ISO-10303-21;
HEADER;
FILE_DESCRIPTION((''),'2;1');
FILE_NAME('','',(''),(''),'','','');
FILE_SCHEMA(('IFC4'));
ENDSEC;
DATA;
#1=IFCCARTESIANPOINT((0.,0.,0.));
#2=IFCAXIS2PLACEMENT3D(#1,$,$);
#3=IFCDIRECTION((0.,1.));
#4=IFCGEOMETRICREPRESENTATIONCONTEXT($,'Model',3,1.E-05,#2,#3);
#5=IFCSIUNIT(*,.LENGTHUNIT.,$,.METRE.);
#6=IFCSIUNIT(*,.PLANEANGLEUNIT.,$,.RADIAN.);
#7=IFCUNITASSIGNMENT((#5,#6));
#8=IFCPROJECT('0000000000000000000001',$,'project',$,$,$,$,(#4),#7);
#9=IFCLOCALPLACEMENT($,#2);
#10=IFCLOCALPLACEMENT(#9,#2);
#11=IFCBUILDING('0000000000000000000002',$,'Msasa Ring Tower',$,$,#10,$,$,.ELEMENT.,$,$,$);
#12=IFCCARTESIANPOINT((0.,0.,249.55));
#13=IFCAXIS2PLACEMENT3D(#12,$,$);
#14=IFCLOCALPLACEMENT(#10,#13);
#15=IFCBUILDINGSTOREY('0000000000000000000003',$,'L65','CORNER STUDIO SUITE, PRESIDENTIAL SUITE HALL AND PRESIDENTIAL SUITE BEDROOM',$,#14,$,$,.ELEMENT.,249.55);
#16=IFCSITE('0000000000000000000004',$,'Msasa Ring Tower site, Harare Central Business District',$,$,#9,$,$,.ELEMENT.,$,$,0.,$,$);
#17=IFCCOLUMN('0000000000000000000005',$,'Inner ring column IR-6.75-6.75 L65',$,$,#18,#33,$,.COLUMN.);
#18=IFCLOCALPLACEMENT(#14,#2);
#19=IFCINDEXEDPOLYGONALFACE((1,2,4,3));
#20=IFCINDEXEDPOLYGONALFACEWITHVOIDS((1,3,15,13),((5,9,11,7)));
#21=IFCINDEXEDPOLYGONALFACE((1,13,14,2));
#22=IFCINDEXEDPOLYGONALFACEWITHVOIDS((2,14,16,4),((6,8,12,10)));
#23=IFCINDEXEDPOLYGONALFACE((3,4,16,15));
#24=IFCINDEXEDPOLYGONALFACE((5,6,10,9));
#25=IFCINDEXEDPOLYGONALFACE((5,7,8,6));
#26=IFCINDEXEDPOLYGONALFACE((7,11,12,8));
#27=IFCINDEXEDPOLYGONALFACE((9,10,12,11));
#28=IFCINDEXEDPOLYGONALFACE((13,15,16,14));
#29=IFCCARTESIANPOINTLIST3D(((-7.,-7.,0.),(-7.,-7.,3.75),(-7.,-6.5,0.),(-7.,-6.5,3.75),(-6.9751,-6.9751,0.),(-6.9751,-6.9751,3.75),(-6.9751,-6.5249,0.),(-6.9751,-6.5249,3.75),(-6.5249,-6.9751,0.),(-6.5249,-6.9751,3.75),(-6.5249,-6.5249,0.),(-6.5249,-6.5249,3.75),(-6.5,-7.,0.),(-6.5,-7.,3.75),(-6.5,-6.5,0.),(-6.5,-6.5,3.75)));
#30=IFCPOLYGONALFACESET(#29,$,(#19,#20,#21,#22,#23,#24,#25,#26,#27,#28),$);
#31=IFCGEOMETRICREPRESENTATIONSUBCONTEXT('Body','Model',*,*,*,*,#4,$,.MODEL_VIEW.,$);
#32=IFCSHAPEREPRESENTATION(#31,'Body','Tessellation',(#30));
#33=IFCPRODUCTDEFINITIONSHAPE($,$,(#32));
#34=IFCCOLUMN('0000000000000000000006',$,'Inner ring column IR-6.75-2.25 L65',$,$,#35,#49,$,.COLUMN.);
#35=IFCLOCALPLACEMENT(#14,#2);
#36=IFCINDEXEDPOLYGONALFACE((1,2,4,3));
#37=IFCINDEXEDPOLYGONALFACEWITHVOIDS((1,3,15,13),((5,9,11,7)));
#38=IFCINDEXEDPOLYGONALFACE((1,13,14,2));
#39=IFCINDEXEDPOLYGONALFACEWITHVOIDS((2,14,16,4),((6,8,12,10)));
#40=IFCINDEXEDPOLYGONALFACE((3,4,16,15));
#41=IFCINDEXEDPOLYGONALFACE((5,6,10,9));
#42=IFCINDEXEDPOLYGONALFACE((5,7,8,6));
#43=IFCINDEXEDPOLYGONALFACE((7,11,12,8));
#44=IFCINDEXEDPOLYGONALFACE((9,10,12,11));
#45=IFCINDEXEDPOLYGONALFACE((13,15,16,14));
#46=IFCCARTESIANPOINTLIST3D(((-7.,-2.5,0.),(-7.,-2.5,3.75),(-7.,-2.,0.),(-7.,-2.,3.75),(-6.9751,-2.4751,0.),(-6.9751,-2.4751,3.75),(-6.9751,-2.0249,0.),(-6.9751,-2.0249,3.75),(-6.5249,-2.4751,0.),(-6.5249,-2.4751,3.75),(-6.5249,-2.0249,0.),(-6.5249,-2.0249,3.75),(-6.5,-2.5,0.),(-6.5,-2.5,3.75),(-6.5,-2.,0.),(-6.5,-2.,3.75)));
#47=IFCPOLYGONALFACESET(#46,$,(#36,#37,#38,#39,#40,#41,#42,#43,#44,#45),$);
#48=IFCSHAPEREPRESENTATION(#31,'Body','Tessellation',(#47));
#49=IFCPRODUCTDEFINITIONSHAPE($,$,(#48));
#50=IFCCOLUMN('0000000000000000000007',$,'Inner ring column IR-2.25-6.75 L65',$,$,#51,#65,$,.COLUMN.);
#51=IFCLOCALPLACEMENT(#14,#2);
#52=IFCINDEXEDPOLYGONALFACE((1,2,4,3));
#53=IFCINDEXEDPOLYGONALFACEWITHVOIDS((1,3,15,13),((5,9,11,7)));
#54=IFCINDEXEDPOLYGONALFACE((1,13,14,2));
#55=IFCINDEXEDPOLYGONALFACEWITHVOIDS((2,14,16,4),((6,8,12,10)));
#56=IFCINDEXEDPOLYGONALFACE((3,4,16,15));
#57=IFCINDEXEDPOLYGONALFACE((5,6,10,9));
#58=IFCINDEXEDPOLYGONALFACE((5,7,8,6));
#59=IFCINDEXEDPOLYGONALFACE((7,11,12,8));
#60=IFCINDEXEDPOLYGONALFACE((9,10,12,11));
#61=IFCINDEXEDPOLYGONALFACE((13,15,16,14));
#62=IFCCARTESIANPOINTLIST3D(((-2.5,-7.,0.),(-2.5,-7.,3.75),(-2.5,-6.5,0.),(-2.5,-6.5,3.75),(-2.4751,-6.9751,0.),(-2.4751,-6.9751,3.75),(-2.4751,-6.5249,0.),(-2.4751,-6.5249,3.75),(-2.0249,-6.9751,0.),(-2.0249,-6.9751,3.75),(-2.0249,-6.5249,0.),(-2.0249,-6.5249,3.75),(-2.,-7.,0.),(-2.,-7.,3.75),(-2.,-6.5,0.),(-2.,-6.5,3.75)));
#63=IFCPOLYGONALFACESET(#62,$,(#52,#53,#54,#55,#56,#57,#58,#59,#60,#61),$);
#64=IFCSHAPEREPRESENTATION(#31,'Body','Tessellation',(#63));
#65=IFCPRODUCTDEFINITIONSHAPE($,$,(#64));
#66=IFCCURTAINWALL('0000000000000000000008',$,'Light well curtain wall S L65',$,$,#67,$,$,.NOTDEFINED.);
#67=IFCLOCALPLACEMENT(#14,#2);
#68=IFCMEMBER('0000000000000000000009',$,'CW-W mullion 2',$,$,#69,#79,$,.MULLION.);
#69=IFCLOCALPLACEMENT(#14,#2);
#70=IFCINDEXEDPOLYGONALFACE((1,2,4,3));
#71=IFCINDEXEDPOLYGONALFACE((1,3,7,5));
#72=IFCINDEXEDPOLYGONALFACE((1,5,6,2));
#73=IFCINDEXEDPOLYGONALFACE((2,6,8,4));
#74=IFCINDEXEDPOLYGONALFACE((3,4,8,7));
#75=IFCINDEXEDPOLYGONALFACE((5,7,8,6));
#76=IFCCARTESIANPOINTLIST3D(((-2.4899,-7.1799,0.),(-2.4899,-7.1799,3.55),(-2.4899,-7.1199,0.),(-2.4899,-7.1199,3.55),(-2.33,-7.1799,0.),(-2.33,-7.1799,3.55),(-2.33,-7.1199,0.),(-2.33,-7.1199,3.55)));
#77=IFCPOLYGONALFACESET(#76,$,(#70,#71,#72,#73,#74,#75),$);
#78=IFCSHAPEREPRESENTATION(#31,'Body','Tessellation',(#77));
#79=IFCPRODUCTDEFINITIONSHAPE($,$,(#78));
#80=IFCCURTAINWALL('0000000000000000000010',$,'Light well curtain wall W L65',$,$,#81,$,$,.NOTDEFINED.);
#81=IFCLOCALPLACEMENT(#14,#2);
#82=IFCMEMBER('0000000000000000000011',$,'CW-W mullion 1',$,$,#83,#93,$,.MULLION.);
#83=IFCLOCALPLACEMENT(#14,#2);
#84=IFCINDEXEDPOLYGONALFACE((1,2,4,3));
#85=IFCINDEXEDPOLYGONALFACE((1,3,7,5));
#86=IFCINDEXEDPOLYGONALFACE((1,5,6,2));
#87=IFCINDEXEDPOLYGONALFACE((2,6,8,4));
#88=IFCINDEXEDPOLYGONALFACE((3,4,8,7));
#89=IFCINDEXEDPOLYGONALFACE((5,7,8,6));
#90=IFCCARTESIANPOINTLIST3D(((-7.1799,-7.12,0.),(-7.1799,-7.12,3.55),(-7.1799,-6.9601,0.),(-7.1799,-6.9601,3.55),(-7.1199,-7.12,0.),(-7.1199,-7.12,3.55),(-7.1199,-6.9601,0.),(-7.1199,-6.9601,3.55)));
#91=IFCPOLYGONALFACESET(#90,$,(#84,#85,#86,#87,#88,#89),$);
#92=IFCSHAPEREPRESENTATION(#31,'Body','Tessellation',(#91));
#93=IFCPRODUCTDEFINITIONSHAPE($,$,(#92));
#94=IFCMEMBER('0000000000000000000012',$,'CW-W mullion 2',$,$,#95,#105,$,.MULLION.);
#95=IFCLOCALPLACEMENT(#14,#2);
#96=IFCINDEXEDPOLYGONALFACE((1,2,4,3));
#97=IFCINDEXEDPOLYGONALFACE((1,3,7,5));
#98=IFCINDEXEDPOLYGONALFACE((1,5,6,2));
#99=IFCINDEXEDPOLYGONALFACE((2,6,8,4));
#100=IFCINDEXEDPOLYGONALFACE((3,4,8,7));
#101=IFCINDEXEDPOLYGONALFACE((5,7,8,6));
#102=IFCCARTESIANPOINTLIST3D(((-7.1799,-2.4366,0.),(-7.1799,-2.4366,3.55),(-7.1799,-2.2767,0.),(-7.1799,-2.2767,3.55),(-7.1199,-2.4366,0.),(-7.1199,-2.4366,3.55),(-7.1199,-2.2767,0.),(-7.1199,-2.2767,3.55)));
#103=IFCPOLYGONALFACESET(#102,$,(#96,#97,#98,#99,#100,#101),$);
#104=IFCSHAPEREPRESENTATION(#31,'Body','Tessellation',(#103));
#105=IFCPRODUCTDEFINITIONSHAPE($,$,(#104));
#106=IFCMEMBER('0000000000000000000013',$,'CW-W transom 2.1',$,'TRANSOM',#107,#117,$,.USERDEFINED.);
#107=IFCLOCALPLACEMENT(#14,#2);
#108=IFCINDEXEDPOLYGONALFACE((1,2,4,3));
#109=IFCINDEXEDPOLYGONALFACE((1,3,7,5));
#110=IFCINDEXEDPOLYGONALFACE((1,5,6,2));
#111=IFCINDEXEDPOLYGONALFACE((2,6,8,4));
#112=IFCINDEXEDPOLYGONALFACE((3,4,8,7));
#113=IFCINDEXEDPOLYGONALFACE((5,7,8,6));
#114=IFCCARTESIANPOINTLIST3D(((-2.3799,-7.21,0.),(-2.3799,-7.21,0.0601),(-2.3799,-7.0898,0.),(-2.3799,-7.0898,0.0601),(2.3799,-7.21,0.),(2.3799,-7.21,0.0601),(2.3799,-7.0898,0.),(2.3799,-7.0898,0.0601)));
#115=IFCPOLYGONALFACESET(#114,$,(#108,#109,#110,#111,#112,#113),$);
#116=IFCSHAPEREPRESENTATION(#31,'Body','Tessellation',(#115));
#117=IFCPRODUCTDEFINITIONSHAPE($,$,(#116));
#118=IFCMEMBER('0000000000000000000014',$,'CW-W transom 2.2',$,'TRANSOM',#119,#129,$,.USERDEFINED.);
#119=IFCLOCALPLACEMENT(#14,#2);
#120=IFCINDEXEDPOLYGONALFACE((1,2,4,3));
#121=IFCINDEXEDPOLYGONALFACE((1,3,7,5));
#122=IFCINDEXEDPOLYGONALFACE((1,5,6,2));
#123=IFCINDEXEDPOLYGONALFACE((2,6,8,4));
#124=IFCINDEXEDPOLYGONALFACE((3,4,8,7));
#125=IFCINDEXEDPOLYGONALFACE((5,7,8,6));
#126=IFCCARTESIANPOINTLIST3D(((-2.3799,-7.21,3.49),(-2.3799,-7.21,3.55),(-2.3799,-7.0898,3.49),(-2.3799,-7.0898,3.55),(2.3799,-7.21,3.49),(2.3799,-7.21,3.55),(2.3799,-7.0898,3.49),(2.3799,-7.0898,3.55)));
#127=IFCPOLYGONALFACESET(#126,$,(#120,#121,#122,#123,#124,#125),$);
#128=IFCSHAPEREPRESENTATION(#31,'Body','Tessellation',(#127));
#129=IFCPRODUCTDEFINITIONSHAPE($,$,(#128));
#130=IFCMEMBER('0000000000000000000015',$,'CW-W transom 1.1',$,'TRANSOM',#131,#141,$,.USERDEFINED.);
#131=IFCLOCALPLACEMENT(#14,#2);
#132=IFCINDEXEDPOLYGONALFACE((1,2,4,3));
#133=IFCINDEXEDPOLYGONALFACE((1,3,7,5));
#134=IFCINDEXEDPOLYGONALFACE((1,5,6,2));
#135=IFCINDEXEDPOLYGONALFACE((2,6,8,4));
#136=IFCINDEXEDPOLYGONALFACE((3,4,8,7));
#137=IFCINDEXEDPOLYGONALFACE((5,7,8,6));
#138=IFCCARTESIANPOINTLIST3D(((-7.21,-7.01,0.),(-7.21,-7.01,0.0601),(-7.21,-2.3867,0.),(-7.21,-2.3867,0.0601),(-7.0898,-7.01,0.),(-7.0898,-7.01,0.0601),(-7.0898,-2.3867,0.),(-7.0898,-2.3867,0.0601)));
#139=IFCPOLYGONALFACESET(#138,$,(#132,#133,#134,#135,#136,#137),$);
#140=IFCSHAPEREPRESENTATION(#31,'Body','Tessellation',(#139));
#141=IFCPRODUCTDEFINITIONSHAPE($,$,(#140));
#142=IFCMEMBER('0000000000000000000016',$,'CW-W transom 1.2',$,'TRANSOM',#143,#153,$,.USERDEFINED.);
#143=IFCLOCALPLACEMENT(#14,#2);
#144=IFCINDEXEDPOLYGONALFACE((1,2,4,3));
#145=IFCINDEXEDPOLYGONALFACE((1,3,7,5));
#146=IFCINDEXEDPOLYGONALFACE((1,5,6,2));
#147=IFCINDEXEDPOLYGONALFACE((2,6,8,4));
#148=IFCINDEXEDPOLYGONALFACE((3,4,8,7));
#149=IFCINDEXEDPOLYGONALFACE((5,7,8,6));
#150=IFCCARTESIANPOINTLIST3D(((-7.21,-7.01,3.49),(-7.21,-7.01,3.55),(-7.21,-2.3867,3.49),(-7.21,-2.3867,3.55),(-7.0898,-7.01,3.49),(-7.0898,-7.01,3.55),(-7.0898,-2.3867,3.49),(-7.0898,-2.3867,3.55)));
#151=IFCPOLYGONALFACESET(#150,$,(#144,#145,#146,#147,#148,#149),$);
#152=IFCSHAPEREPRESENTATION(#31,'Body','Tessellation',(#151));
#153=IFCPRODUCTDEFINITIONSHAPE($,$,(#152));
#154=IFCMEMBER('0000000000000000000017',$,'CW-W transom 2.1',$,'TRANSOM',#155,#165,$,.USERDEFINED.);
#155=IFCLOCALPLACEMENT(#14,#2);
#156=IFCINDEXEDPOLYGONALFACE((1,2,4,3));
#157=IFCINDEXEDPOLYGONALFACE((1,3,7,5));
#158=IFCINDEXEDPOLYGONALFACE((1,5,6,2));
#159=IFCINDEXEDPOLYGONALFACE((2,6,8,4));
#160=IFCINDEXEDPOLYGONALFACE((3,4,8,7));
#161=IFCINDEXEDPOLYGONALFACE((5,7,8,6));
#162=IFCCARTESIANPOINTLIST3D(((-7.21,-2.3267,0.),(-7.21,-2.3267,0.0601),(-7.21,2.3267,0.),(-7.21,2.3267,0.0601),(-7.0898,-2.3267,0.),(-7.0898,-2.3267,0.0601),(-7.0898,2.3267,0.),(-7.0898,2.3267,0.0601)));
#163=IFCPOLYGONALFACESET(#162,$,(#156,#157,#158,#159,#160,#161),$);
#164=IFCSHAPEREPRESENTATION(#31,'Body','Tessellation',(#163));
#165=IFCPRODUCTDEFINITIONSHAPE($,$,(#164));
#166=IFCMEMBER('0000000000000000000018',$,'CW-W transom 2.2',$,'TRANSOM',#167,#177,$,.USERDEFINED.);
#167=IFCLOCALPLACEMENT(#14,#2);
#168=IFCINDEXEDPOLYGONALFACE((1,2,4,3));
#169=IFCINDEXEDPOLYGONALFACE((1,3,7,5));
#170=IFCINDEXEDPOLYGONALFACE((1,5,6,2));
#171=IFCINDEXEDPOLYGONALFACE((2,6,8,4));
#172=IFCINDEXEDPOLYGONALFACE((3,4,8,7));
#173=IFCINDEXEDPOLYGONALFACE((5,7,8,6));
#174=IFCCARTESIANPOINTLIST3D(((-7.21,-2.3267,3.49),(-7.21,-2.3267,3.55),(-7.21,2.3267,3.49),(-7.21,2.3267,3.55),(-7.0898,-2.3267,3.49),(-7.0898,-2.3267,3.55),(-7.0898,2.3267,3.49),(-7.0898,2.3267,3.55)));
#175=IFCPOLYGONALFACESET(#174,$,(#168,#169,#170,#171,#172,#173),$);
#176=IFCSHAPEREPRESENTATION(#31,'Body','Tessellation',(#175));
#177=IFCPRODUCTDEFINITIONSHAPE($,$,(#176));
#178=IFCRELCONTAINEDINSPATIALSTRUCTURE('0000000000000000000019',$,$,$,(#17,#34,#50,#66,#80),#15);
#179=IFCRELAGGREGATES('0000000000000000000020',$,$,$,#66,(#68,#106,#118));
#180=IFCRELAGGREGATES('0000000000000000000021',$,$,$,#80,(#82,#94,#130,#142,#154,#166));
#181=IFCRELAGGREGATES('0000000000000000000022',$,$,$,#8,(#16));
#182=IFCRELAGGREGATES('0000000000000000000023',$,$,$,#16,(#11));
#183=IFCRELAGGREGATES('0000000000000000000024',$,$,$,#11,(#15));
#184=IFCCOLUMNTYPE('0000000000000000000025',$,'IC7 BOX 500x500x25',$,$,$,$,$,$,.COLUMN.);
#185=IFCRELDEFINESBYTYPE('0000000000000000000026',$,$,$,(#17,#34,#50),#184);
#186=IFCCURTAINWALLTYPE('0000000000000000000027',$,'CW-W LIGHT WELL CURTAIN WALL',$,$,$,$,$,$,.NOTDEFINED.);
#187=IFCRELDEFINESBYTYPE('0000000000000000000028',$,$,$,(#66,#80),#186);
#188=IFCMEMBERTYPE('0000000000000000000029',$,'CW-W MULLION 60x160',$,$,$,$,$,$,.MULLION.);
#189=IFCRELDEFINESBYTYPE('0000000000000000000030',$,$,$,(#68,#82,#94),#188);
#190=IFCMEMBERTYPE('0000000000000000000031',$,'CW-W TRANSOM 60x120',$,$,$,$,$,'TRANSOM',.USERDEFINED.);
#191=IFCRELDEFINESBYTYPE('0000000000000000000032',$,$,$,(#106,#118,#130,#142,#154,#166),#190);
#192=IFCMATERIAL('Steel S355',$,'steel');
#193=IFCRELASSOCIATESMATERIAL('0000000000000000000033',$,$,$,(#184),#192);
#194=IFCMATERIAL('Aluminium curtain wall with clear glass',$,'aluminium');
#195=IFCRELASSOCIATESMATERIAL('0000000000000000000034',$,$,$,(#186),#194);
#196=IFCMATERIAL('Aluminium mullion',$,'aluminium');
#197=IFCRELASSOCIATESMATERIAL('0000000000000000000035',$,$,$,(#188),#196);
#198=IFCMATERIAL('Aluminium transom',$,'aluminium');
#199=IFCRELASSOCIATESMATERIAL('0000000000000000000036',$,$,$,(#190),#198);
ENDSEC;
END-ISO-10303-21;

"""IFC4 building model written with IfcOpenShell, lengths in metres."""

from ifc_helpers import new_model, si_unit, direction, frame, origin, origin_2d, place, context, subcontext, project, spatial, rectangle, hollow_rectangle, extrude, material, material_profile, profile_set, type_object, element, aggregate, save


model = new_model("IFC4")

# Units and contexts
model_context = context("Model", 3, precision=1e-05, world=origin(), true_north=direction((0.0, 1.0)))
body_context = subcontext(model_context, "Body", "Model", "MODEL_VIEW")
ifc_project = project(units=[si_unit("LENGTHUNIT", "METRE"), si_unit("PLANEANGLEUNIT", "RADIAN")], contexts=[model_context])

# Site, building, storey
site_placement = place(None, origin())
site = spatial("IfcSite", under=ifc_project, at=site_placement, Name="Msasa Ring Tower site, Harare Central Business District", CompositionType="ELEMENT", RefElevation=0.0)
building_placement = place(site_placement, origin())
building = spatial("IfcBuilding", under=site, at=building_placement, Name="Msasa Ring Tower", CompositionType="ELEMENT")
storey_placement = place(building_placement, frame((0.0, 0.0, 249.55)))
storey = spatial("IfcBuildingStorey", under=building, at=storey_placement, Name="L65", Description="CORNER STUDIO SUITE, PRESIDENTIAL SUITE HALL AND PRESIDENTIAL SUITE BEDROOM", CompositionType="ELEMENT", Elevation=249.55)

# Columns
ifc_material_1 = material(Name="Steel S355", Category="steel")
ifc_material_profile_1 = material_profile(ifc_material_1, hollow_rectangle(XDim=0.5, YDim=0.5, WallThickness=0.0249, at=origin_2d()), Name="BOX 500x500x25")
ifc_profile_set_1 = profile_set([ifc_material_profile_1], Name="Steel S355")
column_type = type_object("IfcColumnType", Name="IC7 BOX 500x500x25", PredefinedType="COLUMN", material=ifc_profile_set_1)
for number, where, z_axis, x_axis, name in (
    (1, (-6.75, -6.75, 0.0), (0.0, 0.0, 1.0), (1.0, 0.0, 0.0), "Inner ring column IR-6.75-6.75 L65"),
    (2, (-6.75, -2.25, 0.0), (0.0, 0.0, 1.0), (1.0, 0.0, 0.0), "Inner ring column IR-6.75-2.25 L65"),
    (3, (-2.25, -6.75, 0.0), (0.0, 0.0, 1.0), (1.0, 0.0, 0.0), "Inner ring column IR-2.25-6.75 L65"),
):
    element("IfcColumn", number, at=place(storey_placement, frame(where, z_axis=z_axis, x_axis=x_axis)), inside=storey, type_object=column_type, Name=name, PredefinedType="COLUMN", context=body_context, shape_type="SweptSolid", body=[
        extrude(hollow_rectangle(XDim=0.5, YDim=0.5, WallThickness=0.0249, at=origin_2d()), origin(), (0.0, 0.0, 1.0), 3.75),
    ])

# Curtain wall, member
ifc_material_2 = material(Name="Aluminium curtain wall with clear glass", Category="aluminium")
curtain_wall_type = type_object("IfcCurtainWallType", Name="CW-W LIGHT WELL CURTAIN WALL", PredefinedType="NOTDEFINED", material=ifc_material_2)
curtain_wall_1_placement = place(storey_placement, origin())
curtain_wall_1 = element("IfcCurtainWall", 4, at=curtain_wall_1_placement, inside=storey, type_object=curtain_wall_type, Name="Light well curtain wall S L65", PredefinedType="NOTDEFINED")
ifc_material_3 = material(Name="Aluminium mullion", Category="aluminium")
ifc_material_profile_2 = material_profile(ifc_material_3, rectangle(XDim=0.0601, YDim=0.1599, at=origin_2d()), Name="AL 60x160")
ifc_profile_set_2 = profile_set([ifc_material_profile_2], Name="Aluminium mullion")
member_type_1 = type_object("IfcMemberType", Name="CW-W MULLION 60x160", PredefinedType="MULLION", material=ifc_profile_set_2)
member_1_placement = place(storey_placement, frame((-2.4099, -7.1499, 0.0), z_axis=(0.0, 0.0, 1.0), x_axis=(0.0, 1.0, 0.0)))
member_1 = element("IfcMember", 5, at=member_1_placement, type_object=member_type_1, Name="CW-W mullion 2", PredefinedType="MULLION", context=body_context, shape_type="SweptSolid", body=[
    extrude(rectangle(XDim=0.0601, YDim=0.1599, at=origin_2d()), origin(), (0.0, 0.0, 1.0), 3.55),
])

# Curtain wall, members
curtain_wall_2_placement = place(storey_placement, origin())
curtain_wall_2 = element("IfcCurtainWall", 6, at=curtain_wall_2_placement, inside=storey, type_object=curtain_wall_type, Name="Light well curtain wall W L65", PredefinedType="NOTDEFINED")
member_2_placement = place(storey_placement, frame((-7.1499, -7.04, 0.0), z_axis=(0.0, 0.0, 1.0), x_axis=(-1.0, 0.0, 0.0)))
member_2 = element("IfcMember", 7, at=member_2_placement, type_object=member_type_1, Name="CW-W mullion 1", PredefinedType="MULLION", context=body_context, shape_type="SweptSolid", body=[
    extrude(rectangle(XDim=0.0601, YDim=0.1599, at=origin_2d()), origin(), (0.0, 0.0, 1.0), 3.55),
])
member_3_placement = place(storey_placement, frame((-7.1499, -2.3567, 0.0), z_axis=(0.0, 0.0, 1.0), x_axis=(-1.0, 0.0, 0.0)))
member_3 = element("IfcMember", 8, at=member_3_placement, type_object=member_type_1, Name="CW-W mullion 2", PredefinedType="MULLION", context=body_context, shape_type="SweptSolid", body=[
    extrude(rectangle(XDim=0.0601, YDim=0.1599, at=origin_2d()), origin(), (0.0, 0.0, 1.0), 3.55),
])

# Members
ifc_material_4 = material(Name="Aluminium transom", Category="aluminium")
ifc_material_profile_3 = material_profile(ifc_material_4, rectangle(XDim=0.1201, YDim=0.0601, at=origin_2d()), Name="AL 60x120")
ifc_profile_set_3 = profile_set([ifc_material_profile_3], Name="Aluminium transom")
member_type_2 = type_object("IfcMemberType", Name="CW-W TRANSOM 60x120", ElementType="TRANSOM", PredefinedType="USERDEFINED", material=ifc_profile_set_3)
member_4_placement = place(storey_placement, frame((-2.3799, -7.1499, 0.03), z_axis=(1.0, 0.0, 0.0), x_axis=(0.0, 1.0, 0.0)))
member_4 = element("IfcMember", 9, at=member_4_placement, type_object=member_type_2, Name="CW-W transom 2.1", ObjectType="TRANSOM", PredefinedType="USERDEFINED", context=body_context, shape_type="SweptSolid", body=[
    extrude(rectangle(XDim=0.1201, YDim=0.0601, at=origin_2d()), origin(), (0.0, 0.0, 1.0), 4.7598),
])
member_5_placement = place(storey_placement, frame((-2.3799, -7.1499, 3.52), z_axis=(1.0, 0.0, 0.0), x_axis=(0.0, 1.0, 0.0)))
member_5 = element("IfcMember", 10, at=member_5_placement, type_object=member_type_2, Name="CW-W transom 2.2", ObjectType="TRANSOM", PredefinedType="USERDEFINED", context=body_context, shape_type="SweptSolid", body=[
    extrude(rectangle(XDim=0.1201, YDim=0.0601, at=origin_2d()), origin(), (0.0, 0.0, 1.0), 4.7598),
])
aggregate(curtain_wall_1, [member_1, member_4, member_5])
member_6_placement = place(storey_placement, frame((-7.1499, -7.01, 0.03), z_axis=(0.0, 1.0, 0.0), x_axis=(-1.0, 0.0, 0.0)))
member_6 = element("IfcMember", 11, at=member_6_placement, type_object=member_type_2, Name="CW-W transom 1.1", ObjectType="TRANSOM", PredefinedType="USERDEFINED", context=body_context, shape_type="SweptSolid", body=[
    extrude(rectangle(XDim=0.1201, YDim=0.0601, at=origin_2d()), origin(), (0.0, 0.0, 1.0), 4.6233),
])
member_7_placement = place(storey_placement, frame((-7.1499, -7.01, 3.52), z_axis=(0.0, 1.0, 0.0), x_axis=(-1.0, 0.0, 0.0)))
member_7 = element("IfcMember", 12, at=member_7_placement, type_object=member_type_2, Name="CW-W transom 1.2", ObjectType="TRANSOM", PredefinedType="USERDEFINED", context=body_context, shape_type="SweptSolid", body=[
    extrude(rectangle(XDim=0.1201, YDim=0.0601, at=origin_2d()), origin(), (0.0, 0.0, 1.0), 4.6233),
])
member_8_placement = place(storey_placement, frame((-7.1499, -2.3267, 0.03), z_axis=(0.0, 1.0, 0.0), x_axis=(-1.0, 0.0, 0.0)))
member_8 = element("IfcMember", 13, at=member_8_placement, type_object=member_type_2, Name="CW-W transom 2.1", ObjectType="TRANSOM", PredefinedType="USERDEFINED", context=body_context, shape_type="SweptSolid", body=[
    extrude(rectangle(XDim=0.1201, YDim=0.0601, at=origin_2d()), origin(), (0.0, 0.0, 1.0), 4.6533),
])
member_9_placement = place(storey_placement, frame((-7.1499, -2.3267, 3.52), z_axis=(0.0, 1.0, 0.0), x_axis=(-1.0, 0.0, 0.0)))
member_9 = element("IfcMember", 14, at=member_9_placement, type_object=member_type_2, Name="CW-W transom 2.2", ObjectType="TRANSOM", PredefinedType="USERDEFINED", context=body_context, shape_type="SweptSolid", body=[
    extrude(rectangle(XDim=0.1201, YDim=0.0601, at=origin_2d()), origin(), (0.0, 0.0, 1.0), 4.6533),
])

aggregate(curtain_wall_2, [member_2, member_3, member_6, member_7, member_8, member_9])

save(model, "model.ifc")
